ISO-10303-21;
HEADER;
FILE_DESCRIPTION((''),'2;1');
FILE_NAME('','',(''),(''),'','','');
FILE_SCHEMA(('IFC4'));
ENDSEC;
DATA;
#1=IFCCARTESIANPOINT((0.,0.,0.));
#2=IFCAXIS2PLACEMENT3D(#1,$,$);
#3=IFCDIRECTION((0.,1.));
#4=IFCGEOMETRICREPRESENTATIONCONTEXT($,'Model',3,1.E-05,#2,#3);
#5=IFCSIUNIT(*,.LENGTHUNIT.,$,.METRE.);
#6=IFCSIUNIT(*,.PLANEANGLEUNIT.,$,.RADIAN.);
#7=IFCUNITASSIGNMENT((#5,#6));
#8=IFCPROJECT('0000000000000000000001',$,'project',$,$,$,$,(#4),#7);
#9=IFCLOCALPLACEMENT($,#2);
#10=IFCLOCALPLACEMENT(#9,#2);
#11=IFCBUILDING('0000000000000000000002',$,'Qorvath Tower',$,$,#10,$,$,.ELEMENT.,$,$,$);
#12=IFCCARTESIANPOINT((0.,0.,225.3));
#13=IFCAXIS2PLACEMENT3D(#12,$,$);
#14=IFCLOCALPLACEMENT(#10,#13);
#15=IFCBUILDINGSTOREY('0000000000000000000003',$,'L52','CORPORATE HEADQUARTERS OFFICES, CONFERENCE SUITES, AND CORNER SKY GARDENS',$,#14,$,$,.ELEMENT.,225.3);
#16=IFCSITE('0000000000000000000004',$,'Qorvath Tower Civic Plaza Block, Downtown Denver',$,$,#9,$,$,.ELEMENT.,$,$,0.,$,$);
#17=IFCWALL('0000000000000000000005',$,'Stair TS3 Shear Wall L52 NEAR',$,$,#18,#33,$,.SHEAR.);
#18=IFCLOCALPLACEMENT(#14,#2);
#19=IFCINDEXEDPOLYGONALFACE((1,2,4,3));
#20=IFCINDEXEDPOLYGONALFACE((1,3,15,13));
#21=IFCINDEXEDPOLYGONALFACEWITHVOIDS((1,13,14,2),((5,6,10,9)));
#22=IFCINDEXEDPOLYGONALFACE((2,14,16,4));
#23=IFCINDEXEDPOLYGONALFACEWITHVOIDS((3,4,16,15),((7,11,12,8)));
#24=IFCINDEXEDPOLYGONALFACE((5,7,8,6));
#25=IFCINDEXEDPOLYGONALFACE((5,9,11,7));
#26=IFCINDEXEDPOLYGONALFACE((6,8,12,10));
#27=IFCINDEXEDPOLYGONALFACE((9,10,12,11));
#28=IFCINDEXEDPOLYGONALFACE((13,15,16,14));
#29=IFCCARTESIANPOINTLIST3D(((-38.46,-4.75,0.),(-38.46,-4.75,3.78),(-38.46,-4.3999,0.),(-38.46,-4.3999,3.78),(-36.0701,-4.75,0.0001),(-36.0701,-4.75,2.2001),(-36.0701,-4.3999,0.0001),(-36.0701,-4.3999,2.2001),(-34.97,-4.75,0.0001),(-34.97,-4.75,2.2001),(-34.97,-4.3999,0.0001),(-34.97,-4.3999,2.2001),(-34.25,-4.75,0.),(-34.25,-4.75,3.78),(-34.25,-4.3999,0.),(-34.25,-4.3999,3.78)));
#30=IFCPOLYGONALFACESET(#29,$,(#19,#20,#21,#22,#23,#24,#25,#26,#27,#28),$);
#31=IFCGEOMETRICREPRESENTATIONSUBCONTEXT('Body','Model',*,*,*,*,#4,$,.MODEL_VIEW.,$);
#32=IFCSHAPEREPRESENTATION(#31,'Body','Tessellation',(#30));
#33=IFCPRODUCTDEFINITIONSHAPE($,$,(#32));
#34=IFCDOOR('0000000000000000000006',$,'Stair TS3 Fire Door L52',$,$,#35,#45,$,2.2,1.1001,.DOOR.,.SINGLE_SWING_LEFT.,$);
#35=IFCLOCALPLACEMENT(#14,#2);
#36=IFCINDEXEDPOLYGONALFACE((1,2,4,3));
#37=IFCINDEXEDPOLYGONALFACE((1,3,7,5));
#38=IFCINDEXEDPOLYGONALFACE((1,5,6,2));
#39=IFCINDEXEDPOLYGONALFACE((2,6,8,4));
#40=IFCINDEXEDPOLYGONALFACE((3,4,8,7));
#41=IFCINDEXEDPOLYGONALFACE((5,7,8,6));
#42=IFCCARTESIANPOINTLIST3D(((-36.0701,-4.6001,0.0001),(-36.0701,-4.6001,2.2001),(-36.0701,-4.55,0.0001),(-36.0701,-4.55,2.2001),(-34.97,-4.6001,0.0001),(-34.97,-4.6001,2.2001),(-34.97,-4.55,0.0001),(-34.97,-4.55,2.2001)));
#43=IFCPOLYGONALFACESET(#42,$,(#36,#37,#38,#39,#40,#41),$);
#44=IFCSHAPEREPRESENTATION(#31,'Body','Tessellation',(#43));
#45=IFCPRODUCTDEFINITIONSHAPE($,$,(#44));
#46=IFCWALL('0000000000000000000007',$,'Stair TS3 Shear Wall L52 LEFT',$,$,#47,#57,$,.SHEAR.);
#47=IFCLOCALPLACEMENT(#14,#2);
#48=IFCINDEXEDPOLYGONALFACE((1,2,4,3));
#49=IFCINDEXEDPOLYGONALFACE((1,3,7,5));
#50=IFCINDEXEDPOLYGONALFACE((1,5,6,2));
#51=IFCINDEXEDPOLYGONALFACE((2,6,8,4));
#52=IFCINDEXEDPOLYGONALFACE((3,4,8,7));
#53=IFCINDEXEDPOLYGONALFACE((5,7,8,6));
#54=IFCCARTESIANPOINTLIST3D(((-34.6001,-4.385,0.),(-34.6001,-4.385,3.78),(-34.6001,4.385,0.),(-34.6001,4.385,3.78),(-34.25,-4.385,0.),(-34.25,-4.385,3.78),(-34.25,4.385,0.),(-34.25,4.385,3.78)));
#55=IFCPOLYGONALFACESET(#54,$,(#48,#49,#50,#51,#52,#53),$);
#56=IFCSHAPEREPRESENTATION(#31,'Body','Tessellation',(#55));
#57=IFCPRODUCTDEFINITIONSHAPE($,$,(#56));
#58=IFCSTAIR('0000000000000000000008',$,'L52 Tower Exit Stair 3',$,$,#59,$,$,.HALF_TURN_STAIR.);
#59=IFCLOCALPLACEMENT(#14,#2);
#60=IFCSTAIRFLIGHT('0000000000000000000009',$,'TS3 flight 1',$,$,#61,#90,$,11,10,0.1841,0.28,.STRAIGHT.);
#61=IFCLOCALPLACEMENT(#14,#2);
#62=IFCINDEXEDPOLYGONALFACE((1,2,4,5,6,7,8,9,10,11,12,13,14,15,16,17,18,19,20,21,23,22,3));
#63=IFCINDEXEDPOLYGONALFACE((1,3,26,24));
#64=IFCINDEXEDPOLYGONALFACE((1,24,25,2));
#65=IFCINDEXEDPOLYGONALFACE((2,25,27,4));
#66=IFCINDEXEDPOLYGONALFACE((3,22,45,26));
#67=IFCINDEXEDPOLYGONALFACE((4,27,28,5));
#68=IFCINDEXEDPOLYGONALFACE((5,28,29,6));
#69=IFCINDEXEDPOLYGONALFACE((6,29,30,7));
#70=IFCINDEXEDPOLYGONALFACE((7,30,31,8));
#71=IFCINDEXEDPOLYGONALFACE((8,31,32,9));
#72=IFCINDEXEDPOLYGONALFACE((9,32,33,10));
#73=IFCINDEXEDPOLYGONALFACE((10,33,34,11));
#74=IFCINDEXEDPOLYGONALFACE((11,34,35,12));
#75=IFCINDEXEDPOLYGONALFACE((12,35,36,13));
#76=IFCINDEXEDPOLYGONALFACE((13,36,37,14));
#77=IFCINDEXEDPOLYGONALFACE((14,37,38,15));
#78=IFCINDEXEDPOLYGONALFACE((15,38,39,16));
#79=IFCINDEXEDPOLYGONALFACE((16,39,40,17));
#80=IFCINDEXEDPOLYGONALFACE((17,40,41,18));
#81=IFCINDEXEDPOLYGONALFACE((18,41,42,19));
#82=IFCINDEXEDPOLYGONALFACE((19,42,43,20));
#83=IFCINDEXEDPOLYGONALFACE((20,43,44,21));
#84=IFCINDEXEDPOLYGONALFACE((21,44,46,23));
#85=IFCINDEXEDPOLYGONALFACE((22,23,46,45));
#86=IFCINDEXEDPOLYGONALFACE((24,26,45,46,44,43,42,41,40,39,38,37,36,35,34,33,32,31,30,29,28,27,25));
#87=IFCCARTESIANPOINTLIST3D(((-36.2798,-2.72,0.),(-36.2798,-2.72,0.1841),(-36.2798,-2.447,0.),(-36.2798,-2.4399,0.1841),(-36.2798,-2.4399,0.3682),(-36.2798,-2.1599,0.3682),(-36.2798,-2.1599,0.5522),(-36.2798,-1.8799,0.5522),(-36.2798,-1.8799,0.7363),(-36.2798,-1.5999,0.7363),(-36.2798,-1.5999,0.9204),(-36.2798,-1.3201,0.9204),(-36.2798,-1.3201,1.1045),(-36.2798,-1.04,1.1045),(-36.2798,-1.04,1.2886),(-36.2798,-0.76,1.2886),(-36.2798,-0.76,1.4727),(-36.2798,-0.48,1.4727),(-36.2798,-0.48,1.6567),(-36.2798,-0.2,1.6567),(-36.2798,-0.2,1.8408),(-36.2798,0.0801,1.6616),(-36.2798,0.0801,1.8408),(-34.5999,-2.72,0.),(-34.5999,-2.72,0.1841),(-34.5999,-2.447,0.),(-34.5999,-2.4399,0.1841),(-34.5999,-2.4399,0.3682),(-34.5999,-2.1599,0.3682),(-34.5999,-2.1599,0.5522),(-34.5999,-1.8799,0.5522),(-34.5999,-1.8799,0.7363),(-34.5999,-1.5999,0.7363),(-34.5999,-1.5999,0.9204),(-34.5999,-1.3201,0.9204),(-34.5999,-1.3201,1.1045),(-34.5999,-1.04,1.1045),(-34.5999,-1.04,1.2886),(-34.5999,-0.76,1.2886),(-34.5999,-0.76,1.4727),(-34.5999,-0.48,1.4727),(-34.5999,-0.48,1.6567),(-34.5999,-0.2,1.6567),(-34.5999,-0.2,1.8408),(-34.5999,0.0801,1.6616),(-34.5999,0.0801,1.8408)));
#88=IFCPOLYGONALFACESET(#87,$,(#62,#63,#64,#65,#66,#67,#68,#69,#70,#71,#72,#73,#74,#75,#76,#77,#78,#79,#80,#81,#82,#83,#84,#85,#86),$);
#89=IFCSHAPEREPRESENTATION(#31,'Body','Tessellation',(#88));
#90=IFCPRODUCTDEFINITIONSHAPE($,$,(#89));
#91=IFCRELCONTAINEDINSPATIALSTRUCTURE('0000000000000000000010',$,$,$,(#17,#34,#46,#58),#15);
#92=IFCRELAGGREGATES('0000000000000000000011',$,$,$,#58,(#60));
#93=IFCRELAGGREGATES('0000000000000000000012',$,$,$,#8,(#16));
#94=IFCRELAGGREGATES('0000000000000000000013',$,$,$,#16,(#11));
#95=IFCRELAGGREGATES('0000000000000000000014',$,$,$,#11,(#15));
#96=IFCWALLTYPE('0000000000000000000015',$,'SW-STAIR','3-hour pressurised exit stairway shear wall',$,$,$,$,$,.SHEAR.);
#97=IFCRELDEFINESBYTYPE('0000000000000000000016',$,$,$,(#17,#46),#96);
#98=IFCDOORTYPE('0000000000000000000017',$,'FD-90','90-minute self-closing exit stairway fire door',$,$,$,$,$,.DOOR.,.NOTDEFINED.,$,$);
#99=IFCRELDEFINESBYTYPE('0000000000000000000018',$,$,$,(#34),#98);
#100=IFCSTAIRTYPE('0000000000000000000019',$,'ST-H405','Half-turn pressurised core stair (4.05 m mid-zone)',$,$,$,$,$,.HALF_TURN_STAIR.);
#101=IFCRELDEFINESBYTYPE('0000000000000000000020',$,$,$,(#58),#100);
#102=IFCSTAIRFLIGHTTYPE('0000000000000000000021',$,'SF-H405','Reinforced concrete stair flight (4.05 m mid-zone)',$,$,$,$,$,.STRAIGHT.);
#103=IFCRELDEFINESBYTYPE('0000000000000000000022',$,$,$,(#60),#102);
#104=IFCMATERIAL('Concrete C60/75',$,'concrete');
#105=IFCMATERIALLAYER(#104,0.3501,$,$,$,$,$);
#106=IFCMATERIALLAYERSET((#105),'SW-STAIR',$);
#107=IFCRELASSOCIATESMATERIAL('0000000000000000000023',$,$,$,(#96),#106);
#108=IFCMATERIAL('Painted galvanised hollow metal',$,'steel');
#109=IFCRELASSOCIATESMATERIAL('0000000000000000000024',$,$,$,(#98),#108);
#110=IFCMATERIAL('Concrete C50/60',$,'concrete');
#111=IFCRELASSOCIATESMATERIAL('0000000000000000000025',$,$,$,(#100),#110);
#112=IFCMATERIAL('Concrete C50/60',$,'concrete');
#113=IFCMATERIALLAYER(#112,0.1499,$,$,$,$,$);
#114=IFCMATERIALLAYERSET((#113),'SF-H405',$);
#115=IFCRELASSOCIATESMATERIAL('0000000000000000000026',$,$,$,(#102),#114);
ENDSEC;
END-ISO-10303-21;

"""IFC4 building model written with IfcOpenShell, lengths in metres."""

from ifc_helpers import new_model, si_unit, direction, frame, frame_2d, origin, place, context, subcontext, project, spatial, polyline, rectangle, outline, extrude, material, layer, layer_set, type_object, element, fill, aggregate, save


model = new_model("IFC4")

# Units and contexts
model_context = context("Model", 3, precision=1e-05, world=origin(), true_north=direction((0.0, 1.0)))
body_context = subcontext(model_context, "Body", "Model", "MODEL_VIEW")
ifc_project = project(units=[si_unit("LENGTHUNIT", "METRE"), si_unit("PLANEANGLEUNIT", "RADIAN")], contexts=[model_context])

# Site, building, storey
site_placement = place(None, origin())
site = spatial("IfcSite", under=ifc_project, at=site_placement, Name="Qorvath Tower Civic Plaza Block, Downtown Denver", CompositionType="ELEMENT", RefElevation=0.0)
building_placement = place(site_placement, origin())
building = spatial("IfcBuilding", under=site, at=building_placement, Name="Qorvath Tower", CompositionType="ELEMENT")
storey_placement = place(building_placement, frame((0.0, 0.0, 225.3)))
storey = spatial("IfcBuildingStorey", under=building, at=storey_placement, Name="L52", Description="CORPORATE HEADQUARTERS OFFICES, CONFERENCE SUITES, AND CORNER SKY GARDENS", CompositionType="ELEMENT", Elevation=225.3)

# Wall, opening, door
ifc_material_1 = material(Name="Concrete C60/75", Category="concrete")
ifc_layer_1 = layer(ifc_material_1, 0.3501)
ifc_layer_set_1 = layer_set([ifc_layer_1], Name="SW-STAIR")
wall_type_1 = type_object("IfcWallType", Name="SW-STAIR", Description="3-hour pressurised exit stairway shear wall", PredefinedType="SHEAR", material=ifc_layer_set_1)
wall_1_placement = place(storey_placement, frame((-38.46, -4.575, 0.0), z_axis=(0.0, 0.0, 1.0), x_axis=(1.0, 0.0, 0.0)))
wall_1 = element("IfcWall", 1, at=wall_1_placement, inside=storey, type_object=wall_type_1, Name="Stair TS3 Shear Wall L52 NEAR", PredefinedType="SHEAR", context=body_context, shape_type="SweptSolid", body=[
    extrude(rectangle(XDim=4.21, YDim=0.3501, at=frame_2d((2.105, 0.0))), origin(), (0.0, 0.0, 1.0), 3.78),
])
opening_1_placement = place(wall_1_placement, frame((2.3899, 0.0, 0.0)))
opening_1 = element("IfcOpeningElement", 2, at=opening_1_placement, cuts=wall_1, PredefinedType="OPENING", context=body_context, shape_type="SweptSolid", body=[
    extrude(rectangle(XDim=1.1001, YDim=2.2, at=frame_2d((0.55, 1.1001))), frame((0.0, 0.1851, 0.0), z_axis=(0.0, -1.0, 0.0), x_axis=(1.0, 0.0, 0.0)), (0.0, 0.0, 1.0), 0.3701),
])
ifc_material_2 = material(Name="Painted galvanised hollow metal", Category="steel")
door_type_1 = type_object("IfcDoorType", Name="FD-90", Description="90-minute self-closing exit stairway fire door", OperationType="NOTDEFINED", PredefinedType="DOOR", material=ifc_material_2)
door_1_placement = place(opening_1_placement, origin())
door_1 = element("IfcDoor", 3, at=door_1_placement, inside=storey, type_object=door_type_1, Name="Stair TS3 Fire Door L52", OperationType="SINGLE_SWING_LEFT", OverallHeight=2.2, OverallWidth=1.1001, PredefinedType="DOOR", context=body_context, shape_type="SweptSolid", body=[
    extrude(rectangle(XDim=1.1001, YDim=2.2, at=frame_2d((0.55, 1.1001))), frame((0.0, 0.0249, 0.0), z_axis=(0.0, -1.0, 0.0), x_axis=(1.0, 0.0, 0.0)), (0.0, 0.0, 1.0), 0.05),
])
fill(opening_1, door_1)

# Wall
wall_2_placement = place(storey_placement, frame((-34.425, -4.385, 0.0), z_axis=(0.0, 0.0, 1.0), x_axis=(0.0, 1.0, 0.0)))
element("IfcWall", 4, at=wall_2_placement, inside=storey, type_object=wall_type_1, Name="Stair TS3 Shear Wall L52 LEFT", PredefinedType="SHEAR", context=body_context, shape_type="SweptSolid", body=[
    extrude(rectangle(XDim=8.77, YDim=0.3501, at=frame_2d((4.385, 0.0))), origin(), (0.0, 0.0, 1.0), 3.78),
])

# Stair, stair flight
ifc_material_3 = material(Name="Concrete C50/60", Category="concrete")
stair_type = type_object("IfcStairType", Name="ST-H405", Description="Half-turn pressurised core stair (4.05 m mid-zone)", PredefinedType="HALF_TURN_STAIR", material=ifc_material_3)
stair_placement = place(storey_placement, origin())
stair = element("IfcStair", 5, at=stair_placement, inside=storey, type_object=stair_type, Name="L52 Tower Exit Stair 3", PredefinedType="HALF_TURN_STAIR")
ifc_material_4 = material(Name="Concrete C50/60", Category="concrete")
ifc_layer_2 = layer(ifc_material_4, 0.1499)
ifc_layer_set_2 = layer_set([ifc_layer_2], Name="SF-H405")
stair_flight_type = type_object("IfcStairFlightType", Name="SF-H405", Description="Reinforced concrete stair flight (4.05 m mid-zone)", PredefinedType="STRAIGHT", material=ifc_layer_set_2)
stair_flight_placement = place(storey_placement, frame((-35.4399, -2.72, 0.0), z_axis=(0.0, 0.0, 1.0), x_axis=(0.0, 1.0, 0.0)))
stair_flight = element("IfcStairFlight", 6, at=stair_flight_placement, type_object=stair_flight_type, Name="TS3 flight 1", NumberOfRisers=11, NumberOfTreads=10, PredefinedType="STRAIGHT", RiserHeight=0.1841, TreadLength=0.28, context=body_context, shape_type="SweptSolid", body=[
    extrude(outline(polyline([(0.0, 0.0), (0.0, 0.1841), (0.28, 0.1841), (0.28, 0.3682), (0.5601, 0.3682), (0.5601, 0.5522), (0.8401, 0.5522), (0.8401, 0.7363), (1.1201, 0.7363), (1.1201, 0.9204), (1.3999, 0.9204), (1.3999, 1.1045), (1.6799, 1.1045), (1.6799, 1.2886), (1.96, 1.2886), (1.96, 1.4727), (2.24, 1.4727), (2.24, 1.6567), (2.52, 1.6567), (2.52, 1.8408), (2.8, 1.8408), (2.8, 2.0249), (2.8, 1.6616), (0.2729, 0.0), (0.0, 0.0)])), frame((0.0, 0.8398, 0.0), z_axis=(0.0, -1.0, 0.0), x_axis=(1.0, 0.0, 0.0)), (0.0, 0.0, 1.0), 1.6799),
])
aggregate(stair, [stair_flight])

save(model, "model.ifc")
